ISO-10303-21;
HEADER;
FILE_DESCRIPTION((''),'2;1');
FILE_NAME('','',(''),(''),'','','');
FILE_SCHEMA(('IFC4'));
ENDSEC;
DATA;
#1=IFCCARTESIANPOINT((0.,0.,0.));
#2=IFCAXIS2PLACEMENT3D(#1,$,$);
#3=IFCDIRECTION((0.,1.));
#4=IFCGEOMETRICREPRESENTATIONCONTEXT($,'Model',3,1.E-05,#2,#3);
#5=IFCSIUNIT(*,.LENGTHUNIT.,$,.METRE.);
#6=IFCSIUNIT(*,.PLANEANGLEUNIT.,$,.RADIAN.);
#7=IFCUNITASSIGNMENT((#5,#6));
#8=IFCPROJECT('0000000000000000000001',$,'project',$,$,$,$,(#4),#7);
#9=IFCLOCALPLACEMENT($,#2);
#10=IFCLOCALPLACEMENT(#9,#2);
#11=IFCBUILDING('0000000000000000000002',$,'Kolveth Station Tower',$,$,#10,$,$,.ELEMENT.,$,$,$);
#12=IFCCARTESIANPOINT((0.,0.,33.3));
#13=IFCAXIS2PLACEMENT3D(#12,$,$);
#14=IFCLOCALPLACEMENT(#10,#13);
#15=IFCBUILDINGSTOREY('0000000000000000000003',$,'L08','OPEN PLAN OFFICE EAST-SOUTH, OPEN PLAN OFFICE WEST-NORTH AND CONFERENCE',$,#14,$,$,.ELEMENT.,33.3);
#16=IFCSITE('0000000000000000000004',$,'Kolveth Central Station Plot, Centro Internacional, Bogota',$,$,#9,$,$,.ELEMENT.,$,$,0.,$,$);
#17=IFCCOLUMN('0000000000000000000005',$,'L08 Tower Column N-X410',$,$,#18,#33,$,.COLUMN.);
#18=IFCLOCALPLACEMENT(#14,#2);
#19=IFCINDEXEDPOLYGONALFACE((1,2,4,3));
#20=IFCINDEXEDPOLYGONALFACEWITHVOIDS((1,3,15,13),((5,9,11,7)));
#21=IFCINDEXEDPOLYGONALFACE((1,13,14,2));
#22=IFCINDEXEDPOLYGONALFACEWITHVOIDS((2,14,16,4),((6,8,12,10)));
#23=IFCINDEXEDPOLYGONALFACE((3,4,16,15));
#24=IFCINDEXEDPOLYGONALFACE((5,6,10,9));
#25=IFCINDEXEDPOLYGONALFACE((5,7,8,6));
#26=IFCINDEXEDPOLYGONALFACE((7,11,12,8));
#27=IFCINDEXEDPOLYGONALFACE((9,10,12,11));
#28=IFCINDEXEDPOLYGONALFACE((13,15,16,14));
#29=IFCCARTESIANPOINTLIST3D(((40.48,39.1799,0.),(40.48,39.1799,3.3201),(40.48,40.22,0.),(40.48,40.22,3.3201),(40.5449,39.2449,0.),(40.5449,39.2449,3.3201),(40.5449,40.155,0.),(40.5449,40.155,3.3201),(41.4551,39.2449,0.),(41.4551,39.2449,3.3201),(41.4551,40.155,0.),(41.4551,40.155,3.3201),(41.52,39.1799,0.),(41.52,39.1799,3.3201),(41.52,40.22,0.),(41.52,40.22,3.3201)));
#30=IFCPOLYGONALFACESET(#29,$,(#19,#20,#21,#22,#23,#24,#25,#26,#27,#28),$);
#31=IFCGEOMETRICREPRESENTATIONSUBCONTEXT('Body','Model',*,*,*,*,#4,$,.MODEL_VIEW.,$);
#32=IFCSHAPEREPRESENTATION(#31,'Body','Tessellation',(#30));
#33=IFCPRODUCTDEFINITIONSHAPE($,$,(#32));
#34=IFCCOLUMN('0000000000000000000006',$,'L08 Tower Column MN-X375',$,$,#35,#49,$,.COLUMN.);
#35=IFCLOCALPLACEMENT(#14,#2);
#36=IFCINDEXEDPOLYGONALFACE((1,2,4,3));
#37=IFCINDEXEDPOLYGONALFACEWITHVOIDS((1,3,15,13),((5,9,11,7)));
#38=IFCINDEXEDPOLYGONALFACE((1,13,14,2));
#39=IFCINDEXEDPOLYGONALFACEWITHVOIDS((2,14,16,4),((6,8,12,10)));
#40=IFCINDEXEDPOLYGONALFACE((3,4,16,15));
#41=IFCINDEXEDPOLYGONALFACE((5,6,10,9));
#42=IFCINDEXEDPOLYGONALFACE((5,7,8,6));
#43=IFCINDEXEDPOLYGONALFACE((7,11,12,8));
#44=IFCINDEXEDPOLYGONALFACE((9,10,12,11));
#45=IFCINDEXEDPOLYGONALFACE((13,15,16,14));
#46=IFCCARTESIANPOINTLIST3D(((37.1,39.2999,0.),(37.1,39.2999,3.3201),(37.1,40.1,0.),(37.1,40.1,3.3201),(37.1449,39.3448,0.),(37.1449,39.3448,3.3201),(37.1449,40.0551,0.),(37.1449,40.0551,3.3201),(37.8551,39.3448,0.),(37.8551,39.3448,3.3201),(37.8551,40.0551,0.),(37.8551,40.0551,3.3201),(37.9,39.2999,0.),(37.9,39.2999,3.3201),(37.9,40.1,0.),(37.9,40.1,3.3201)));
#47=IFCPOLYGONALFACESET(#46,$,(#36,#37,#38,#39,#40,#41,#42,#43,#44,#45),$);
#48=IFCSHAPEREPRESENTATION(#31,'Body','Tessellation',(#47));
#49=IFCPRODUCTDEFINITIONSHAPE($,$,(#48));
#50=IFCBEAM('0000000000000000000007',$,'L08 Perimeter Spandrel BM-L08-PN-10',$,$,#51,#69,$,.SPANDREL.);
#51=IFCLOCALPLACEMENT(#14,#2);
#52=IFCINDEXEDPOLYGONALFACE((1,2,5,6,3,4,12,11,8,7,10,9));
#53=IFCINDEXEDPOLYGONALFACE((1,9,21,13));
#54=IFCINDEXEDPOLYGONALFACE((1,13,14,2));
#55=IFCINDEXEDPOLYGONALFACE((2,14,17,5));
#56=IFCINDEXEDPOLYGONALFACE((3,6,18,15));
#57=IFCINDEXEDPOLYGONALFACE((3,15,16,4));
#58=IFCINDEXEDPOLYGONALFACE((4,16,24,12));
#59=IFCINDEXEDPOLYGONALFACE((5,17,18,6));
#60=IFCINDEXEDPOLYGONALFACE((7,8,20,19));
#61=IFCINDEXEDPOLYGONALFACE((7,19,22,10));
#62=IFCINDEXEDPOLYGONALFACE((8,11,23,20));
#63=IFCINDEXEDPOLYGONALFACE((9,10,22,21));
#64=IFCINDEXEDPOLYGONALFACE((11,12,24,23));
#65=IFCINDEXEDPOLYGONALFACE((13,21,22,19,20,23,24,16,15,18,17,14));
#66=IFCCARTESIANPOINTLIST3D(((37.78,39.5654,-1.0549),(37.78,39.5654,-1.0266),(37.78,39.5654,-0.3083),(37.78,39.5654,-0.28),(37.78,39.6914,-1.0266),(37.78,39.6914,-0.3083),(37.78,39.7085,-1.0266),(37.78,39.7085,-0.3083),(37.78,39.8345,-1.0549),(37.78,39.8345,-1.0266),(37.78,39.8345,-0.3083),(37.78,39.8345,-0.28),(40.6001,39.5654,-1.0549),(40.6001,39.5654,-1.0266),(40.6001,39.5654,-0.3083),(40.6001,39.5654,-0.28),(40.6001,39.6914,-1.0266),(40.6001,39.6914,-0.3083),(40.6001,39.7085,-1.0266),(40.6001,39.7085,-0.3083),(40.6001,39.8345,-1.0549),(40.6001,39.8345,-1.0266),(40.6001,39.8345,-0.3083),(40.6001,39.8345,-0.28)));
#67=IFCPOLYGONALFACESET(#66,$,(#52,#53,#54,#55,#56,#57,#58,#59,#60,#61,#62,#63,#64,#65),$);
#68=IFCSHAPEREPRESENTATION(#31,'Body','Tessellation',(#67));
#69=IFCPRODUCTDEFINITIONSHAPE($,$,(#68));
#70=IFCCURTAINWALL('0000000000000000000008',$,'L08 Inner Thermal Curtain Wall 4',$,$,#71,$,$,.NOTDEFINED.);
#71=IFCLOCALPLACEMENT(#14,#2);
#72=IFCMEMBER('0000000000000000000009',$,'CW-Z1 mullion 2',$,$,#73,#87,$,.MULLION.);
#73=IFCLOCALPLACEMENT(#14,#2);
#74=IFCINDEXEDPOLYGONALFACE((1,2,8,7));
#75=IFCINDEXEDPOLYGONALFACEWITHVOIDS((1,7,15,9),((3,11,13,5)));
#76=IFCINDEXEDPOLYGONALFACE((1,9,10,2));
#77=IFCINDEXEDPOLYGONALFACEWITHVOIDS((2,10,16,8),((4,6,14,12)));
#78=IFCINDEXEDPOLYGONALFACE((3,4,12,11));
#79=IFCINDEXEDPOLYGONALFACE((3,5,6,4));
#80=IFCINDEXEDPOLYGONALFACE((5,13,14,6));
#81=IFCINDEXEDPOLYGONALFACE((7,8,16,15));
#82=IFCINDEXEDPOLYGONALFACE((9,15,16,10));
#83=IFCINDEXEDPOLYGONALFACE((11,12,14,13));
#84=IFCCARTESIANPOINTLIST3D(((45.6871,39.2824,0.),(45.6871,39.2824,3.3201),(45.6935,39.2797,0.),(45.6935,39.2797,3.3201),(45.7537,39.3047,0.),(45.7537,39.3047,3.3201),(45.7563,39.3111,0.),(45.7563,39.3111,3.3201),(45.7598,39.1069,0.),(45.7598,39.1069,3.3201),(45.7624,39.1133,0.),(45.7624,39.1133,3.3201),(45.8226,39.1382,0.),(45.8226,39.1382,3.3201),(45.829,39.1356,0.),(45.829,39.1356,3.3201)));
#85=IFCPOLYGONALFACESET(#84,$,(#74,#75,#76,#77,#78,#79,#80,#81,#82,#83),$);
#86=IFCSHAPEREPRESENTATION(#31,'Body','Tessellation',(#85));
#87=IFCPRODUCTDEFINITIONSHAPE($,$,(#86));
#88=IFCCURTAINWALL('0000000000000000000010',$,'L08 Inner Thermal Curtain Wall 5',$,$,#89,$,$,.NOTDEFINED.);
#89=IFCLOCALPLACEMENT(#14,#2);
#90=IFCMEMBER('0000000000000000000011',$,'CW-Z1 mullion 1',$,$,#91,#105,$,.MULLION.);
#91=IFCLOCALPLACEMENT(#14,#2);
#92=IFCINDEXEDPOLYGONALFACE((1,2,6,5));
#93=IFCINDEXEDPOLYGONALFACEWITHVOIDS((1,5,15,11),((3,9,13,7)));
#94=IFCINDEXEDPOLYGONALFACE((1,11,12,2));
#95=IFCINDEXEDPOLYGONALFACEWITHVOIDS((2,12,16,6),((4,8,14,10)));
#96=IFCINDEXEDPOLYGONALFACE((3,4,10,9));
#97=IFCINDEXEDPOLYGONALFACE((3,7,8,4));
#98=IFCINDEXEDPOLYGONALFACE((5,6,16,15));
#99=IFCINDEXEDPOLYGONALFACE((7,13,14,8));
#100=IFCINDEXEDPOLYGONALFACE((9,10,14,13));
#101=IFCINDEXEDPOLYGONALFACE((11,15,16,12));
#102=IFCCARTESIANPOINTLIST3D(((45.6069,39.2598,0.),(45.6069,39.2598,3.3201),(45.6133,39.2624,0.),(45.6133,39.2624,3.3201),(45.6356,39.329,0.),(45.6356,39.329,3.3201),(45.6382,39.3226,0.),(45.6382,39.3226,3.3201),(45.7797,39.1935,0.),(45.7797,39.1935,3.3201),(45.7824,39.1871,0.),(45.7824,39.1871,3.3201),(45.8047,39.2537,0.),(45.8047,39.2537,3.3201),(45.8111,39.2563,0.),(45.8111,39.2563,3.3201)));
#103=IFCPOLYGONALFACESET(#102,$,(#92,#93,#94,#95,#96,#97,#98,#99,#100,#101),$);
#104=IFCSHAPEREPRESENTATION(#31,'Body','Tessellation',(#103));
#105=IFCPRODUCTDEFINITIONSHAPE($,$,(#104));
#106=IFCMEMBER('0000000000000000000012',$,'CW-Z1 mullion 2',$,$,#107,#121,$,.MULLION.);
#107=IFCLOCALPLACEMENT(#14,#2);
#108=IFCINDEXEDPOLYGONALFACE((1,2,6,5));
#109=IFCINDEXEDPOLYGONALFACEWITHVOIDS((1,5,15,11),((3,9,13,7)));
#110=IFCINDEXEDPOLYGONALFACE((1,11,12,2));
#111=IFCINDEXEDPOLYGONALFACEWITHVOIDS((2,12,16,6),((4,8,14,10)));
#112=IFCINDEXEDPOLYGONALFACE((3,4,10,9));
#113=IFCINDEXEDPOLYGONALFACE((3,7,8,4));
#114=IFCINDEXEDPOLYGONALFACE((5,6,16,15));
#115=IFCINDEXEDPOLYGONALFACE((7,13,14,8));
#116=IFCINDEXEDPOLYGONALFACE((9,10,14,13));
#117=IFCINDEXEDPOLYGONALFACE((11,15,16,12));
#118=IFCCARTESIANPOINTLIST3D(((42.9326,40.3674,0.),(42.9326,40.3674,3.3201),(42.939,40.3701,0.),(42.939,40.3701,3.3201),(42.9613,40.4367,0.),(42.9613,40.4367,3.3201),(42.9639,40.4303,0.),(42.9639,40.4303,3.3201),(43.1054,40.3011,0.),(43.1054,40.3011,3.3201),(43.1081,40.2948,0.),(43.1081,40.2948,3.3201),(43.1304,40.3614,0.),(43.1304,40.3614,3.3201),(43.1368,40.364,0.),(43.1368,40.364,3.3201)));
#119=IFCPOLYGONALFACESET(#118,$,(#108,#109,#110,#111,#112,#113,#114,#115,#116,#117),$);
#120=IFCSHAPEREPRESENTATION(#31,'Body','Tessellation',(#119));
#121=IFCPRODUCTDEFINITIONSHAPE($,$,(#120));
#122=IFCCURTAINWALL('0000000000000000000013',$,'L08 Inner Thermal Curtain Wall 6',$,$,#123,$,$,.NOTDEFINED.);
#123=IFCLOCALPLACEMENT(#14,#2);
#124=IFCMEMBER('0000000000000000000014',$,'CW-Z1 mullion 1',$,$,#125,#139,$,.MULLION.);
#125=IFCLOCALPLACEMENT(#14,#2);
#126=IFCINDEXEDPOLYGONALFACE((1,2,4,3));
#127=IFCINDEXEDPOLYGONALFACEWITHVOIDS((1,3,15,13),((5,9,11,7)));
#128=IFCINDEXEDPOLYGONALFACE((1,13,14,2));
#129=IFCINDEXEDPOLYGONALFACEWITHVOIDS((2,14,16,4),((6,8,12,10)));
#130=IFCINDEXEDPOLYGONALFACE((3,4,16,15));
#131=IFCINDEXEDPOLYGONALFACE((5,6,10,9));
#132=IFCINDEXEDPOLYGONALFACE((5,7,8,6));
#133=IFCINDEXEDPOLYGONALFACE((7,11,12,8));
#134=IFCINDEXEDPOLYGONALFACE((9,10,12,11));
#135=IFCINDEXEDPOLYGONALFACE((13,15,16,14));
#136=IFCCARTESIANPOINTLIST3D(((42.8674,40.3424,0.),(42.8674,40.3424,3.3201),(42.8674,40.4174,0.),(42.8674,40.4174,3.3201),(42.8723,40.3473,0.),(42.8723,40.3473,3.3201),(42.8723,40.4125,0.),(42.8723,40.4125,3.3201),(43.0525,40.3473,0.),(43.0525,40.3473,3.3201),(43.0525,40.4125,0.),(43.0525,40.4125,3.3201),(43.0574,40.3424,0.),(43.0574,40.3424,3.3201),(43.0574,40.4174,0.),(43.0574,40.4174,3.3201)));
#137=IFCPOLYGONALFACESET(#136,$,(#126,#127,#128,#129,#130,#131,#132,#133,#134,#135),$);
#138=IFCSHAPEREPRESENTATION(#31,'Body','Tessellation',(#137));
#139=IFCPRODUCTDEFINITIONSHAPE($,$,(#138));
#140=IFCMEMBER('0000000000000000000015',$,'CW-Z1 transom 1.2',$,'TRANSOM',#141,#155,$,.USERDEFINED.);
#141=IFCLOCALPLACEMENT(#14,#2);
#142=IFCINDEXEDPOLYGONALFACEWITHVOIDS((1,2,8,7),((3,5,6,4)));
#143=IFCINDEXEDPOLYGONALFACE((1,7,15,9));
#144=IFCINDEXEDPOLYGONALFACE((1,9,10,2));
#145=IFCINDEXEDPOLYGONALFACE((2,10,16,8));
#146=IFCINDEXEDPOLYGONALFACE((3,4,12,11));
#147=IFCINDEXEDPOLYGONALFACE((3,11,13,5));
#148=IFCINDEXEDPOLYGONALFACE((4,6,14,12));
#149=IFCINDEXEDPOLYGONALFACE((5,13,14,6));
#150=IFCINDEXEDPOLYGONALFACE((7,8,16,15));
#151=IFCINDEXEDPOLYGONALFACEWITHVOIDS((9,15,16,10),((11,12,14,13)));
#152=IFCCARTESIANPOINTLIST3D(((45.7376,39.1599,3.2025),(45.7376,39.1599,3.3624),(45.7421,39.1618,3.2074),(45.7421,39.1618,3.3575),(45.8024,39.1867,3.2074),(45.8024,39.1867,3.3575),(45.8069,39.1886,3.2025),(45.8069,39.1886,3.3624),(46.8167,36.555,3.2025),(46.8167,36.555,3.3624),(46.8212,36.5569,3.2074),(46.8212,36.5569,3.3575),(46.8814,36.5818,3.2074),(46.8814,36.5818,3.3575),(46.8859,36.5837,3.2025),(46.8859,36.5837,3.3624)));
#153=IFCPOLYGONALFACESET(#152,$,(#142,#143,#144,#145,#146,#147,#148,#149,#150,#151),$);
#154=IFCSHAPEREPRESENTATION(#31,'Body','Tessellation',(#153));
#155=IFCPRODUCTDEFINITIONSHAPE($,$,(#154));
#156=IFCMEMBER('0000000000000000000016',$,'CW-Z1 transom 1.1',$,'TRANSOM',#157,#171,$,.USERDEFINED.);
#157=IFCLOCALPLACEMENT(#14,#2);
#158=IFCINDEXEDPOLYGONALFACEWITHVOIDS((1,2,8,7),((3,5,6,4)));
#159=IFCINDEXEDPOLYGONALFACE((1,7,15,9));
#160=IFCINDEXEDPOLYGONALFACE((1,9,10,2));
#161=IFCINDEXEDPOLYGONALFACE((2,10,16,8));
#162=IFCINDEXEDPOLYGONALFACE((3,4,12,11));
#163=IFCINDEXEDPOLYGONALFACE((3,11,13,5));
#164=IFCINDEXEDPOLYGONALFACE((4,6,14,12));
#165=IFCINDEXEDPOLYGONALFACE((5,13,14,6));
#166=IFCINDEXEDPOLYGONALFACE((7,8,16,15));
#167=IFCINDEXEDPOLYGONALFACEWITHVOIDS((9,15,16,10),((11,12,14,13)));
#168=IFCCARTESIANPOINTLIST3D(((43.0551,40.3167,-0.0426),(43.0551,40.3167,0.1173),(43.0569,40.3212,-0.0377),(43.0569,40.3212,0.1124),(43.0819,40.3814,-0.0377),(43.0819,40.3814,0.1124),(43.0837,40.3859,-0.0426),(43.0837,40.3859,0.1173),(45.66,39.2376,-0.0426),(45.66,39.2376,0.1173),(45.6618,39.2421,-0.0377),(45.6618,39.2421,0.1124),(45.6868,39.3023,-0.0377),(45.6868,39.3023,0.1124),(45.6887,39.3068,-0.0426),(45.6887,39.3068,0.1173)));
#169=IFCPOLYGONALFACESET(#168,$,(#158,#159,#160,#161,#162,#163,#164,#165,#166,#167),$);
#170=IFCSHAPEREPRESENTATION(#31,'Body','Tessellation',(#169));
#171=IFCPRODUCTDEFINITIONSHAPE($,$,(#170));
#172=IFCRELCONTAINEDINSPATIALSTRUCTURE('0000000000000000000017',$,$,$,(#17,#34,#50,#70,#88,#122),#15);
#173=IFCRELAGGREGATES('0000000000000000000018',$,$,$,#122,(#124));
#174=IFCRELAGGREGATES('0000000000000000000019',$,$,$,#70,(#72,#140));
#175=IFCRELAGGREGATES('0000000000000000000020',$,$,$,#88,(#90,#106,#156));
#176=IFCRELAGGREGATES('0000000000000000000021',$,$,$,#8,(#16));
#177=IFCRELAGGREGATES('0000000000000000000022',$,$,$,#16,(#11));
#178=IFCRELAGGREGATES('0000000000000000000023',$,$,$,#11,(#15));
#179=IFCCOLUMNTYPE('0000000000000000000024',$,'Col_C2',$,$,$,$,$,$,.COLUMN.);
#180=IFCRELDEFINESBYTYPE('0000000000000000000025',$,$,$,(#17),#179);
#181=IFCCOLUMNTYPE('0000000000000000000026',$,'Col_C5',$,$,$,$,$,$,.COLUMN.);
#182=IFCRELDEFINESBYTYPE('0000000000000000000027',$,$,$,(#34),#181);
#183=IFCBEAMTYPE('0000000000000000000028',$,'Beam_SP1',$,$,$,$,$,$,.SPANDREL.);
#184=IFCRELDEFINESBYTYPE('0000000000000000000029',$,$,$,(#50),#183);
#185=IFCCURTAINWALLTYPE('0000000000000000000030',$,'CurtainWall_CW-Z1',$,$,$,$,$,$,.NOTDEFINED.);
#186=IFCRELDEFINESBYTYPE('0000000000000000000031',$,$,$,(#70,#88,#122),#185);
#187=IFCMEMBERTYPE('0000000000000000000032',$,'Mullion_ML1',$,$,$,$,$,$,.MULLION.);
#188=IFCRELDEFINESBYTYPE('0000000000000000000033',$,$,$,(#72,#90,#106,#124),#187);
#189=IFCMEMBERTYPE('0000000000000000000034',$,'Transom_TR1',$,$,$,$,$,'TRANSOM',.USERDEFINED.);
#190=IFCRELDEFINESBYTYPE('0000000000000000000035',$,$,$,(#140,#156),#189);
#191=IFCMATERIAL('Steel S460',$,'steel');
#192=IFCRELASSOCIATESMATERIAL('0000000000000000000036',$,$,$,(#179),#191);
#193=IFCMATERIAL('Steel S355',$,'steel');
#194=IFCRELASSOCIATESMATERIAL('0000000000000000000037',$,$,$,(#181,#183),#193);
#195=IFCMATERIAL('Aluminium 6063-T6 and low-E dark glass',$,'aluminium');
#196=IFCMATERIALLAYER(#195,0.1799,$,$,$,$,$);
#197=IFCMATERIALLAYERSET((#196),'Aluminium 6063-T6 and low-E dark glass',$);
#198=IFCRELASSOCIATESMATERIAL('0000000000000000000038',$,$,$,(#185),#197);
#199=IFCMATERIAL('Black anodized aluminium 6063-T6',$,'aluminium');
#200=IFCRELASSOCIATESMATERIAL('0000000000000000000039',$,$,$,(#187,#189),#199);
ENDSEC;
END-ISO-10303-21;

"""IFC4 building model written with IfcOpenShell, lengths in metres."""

from ifc_helpers import new_model, si_unit, direction, frame, origin, origin_2d, place, context, subcontext, project, spatial, hollow_rectangle, i_section, extrude, source, transform, mapped, material, layer, layer_set, material_profile, profile_set, type_object, element, aggregate, save


model = new_model("IFC4")

# Units and contexts
model_context = context("Model", 3, precision=1e-05, world=origin(), true_north=direction((0.0, 1.0)))
body_context = subcontext(model_context, "Body", "Model", "MODEL_VIEW")
ifc_project = project(units=[si_unit("LENGTHUNIT", "METRE"), si_unit("PLANEANGLEUNIT", "RADIAN")], contexts=[model_context])

# Site, building, storey
site_placement = place(None, origin())
site = spatial("IfcSite", under=ifc_project, at=site_placement, Name="Kolveth Central Station Plot, Centro Internacional, Bogota", CompositionType="ELEMENT", RefElevation=0.0)
building_placement = place(site_placement, origin())
building = spatial("IfcBuilding", under=site, at=building_placement, Name="Kolveth Station Tower", CompositionType="ELEMENT")
storey_placement = place(building_placement, frame((0.0, 0.0, 33.3)))
storey = spatial("IfcBuildingStorey", under=building, at=storey_placement, Name="L08", Description="OPEN PLAN OFFICE EAST-SOUTH, OPEN PLAN OFFICE WEST-NORTH AND CONFERENCE", CompositionType="ELEMENT", Elevation=33.3)

# Columns
ifc_material_1 = material(Name="Steel S460", Category="steel")
ifc_material_profile_1 = material_profile(ifc_material_1, hollow_rectangle(XDim=1.04, YDim=1.04, WallThickness=0.0649, at=origin_2d()), Name="BOX1040x1040x65")
ifc_profile_set_1 = profile_set([ifc_material_profile_1], Name="Steel S460")
column_type_1 = type_object("IfcColumnType", Name="Col_C2", PredefinedType="COLUMN", material=ifc_profile_set_1)
shared_shape_1 = source(origin(), body_context, "Body", "SweptSolid", [
    extrude(hollow_rectangle(XDim=1.04, YDim=1.04, WallThickness=0.0649, at=origin_2d()), origin(), (0.0, 0.0, 1.0), 3.3201),
])
column_1_placement = place(storey_placement, frame((41.0, 39.7, 0.0), z_axis=(0.0, 0.0, 1.0), x_axis=(1.0, 0.0, 0.0)))
element("IfcColumn", 1, at=column_1_placement, inside=storey, type_object=column_type_1, Name="L08 Tower Column N-X410", PredefinedType="COLUMN", context=body_context, shape_type="MappedRepresentation", body=[
    mapped(shared_shape_1, transform((0.0, 0.0, 0.0), x_axis=(1.0, 0.0, 0.0), y_axis=(0.0, 1.0, 0.0), z_axis=(0.0, 0.0, 1.0), scale=1.0)),
])
ifc_material_2 = material(Name="Steel S355", Category="steel")
ifc_material_profile_2 = material_profile(ifc_material_2, hollow_rectangle(XDim=0.8, YDim=0.8, WallThickness=0.0449, at=origin_2d()), Name="BOX800x800x45")
ifc_profile_set_2 = profile_set([ifc_material_profile_2], Name="Steel S355")
column_type_2 = type_object("IfcColumnType", Name="Col_C5", PredefinedType="COLUMN", material=ifc_profile_set_2)
shared_shape_2 = source(origin(), body_context, "Body", "SweptSolid", [
    extrude(hollow_rectangle(XDim=0.8, YDim=0.8, WallThickness=0.0449, at=origin_2d()), origin(), (0.0, 0.0, 1.0), 3.3201),
])
column_2_placement = place(storey_placement, frame((37.5, 39.7, 0.0), z_axis=(0.0, 0.0, 1.0), x_axis=(1.0, 0.0, 0.0)))
element("IfcColumn", 2, at=column_2_placement, inside=storey, type_object=column_type_2, Name="L08 Tower Column MN-X375", PredefinedType="COLUMN", context=body_context, shape_type="MappedRepresentation", body=[
    mapped(shared_shape_2, transform((0.0, 0.0, 0.0), x_axis=(1.0, 0.0, 0.0), y_axis=(0.0, 1.0, 0.0), z_axis=(0.0, 0.0, 1.0), scale=1.0)),
])

# Beam
ifc_material_profile_3 = material_profile(ifc_material_2, i_section(OverallWidth=0.269, OverallDepth=0.7749, WebThickness=0.0171, FlangeThickness=0.0283, at=origin_2d()), Name="W760x220")
ifc_profile_set_3 = profile_set([ifc_material_profile_3], Name="Steel S355")
beam_type = type_object("IfcBeamType", Name="Beam_SP1", PredefinedType="SPANDREL", material=ifc_profile_set_3)
shared_shape_3 = source(origin(), body_context, "Body", "SweptSolid", [
    extrude(i_section(OverallWidth=0.269, OverallDepth=0.7749, WebThickness=0.0171, FlangeThickness=0.0283, at=origin_2d()), origin(), (0.0, 0.0, 1.0), 2.8201),
])
beam_placement = place(storey_placement, frame((37.78, 39.7, -0.6675), z_axis=(1.0, 0.0, 0.0), x_axis=(0.0, 1.0, 0.0)))
element("IfcBeam", 3, at=beam_placement, inside=storey, type_object=beam_type, Name="L08 Perimeter Spandrel BM-L08-PN-10", PredefinedType="SPANDREL", context=body_context, shape_type="MappedRepresentation", body=[
    mapped(shared_shape_3, transform((0.0, 0.0, 0.0), x_axis=(1.0, 0.0, 0.0), y_axis=(0.0, 1.0, 0.0), z_axis=(0.0, 0.0, 1.0), scale=1.0)),
])

# Curtain wall, member
ifc_material_3 = material(Name="Aluminium 6063-T6 and low-E dark glass", Category="aluminium")
ifc_layer_1 = layer(ifc_material_3, 0.1799)
ifc_layer_set_1 = layer_set([ifc_layer_1], Name="Aluminium 6063-T6 and low-E dark glass")
curtain_wall_type_1 = type_object("IfcCurtainWallType", Name="CurtainWall_CW-Z1", PredefinedType="NOTDEFINED", material=ifc_layer_set_1)
curtain_wall_1_placement = place(storey_placement, origin())
curtain_wall_1 = element("IfcCurtainWall", 4, at=curtain_wall_1_placement, inside=storey, type_object=curtain_wall_type_1, Name="L08 Inner Thermal Curtain Wall 4", PredefinedType="NOTDEFINED")
ifc_material_4 = material(Name="Black anodized aluminium 6063-T6", Category="aluminium")
ifc_material_profile_4 = material_profile(ifc_material_4, hollow_rectangle(XDim=0.075, YDim=0.1899, WallThickness=0.0049, at=origin_2d()), Name="ALU-75x190x5")
ifc_profile_set_4 = profile_set([ifc_material_profile_4], Name="Black anodized aluminium 6063-T6")
member_type_1 = type_object("IfcMemberType", Name="Mullion_ML1", PredefinedType="MULLION", material=ifc_profile_set_4)
shared_shape_4 = source(origin(), body_context, "Body", "SweptSolid", [
    extrude(hollow_rectangle(XDim=0.075, YDim=0.1899, WallThickness=0.0049, at=origin_2d()), origin(), (0.0, 0.0, 1.0), 3.3201),
])
member_1_placement = place(storey_placement, frame((45.7581, 39.209, 0.0), z_axis=(0.0, 0.0, 1.0), x_axis=(-0.923884, -0.382673, 0.0)))
member_1 = element("IfcMember", 5, at=member_1_placement, type_object=member_type_1, Name="CW-Z1 mullion 2", PredefinedType="MULLION", context=body_context, shape_type="MappedRepresentation", body=[
    mapped(shared_shape_4, transform((0.0, 0.0, 0.0), x_axis=(1.0, 0.0, 0.0), y_axis=(0.0, 1.0, 0.0), z_axis=(0.0, 0.0, 1.0), scale=1.0)),
])

# Curtain wall, members
curtain_wall_2_placement = place(storey_placement, origin())
curtain_wall_2 = element("IfcCurtainWall", 6, at=curtain_wall_2_placement, inside=storey, type_object=curtain_wall_type_1, Name="L08 Inner Thermal Curtain Wall 5", PredefinedType="NOTDEFINED")
member_2_placement = place(storey_placement, frame((45.709, 39.2581, 0.0), z_axis=(0.0, 0.0, 1.0), x_axis=(-0.382673, -0.923884, 0.0)))
member_2 = element("IfcMember", 7, at=member_2_placement, type_object=member_type_1, Name="CW-Z1 mullion 1", PredefinedType="MULLION", context=body_context, shape_type="MappedRepresentation", body=[
    mapped(shared_shape_4, transform((0.0, 0.0, 0.0), x_axis=(1.0, 0.0, 0.0), y_axis=(0.0, 1.0, 0.0), z_axis=(0.0, 0.0, 1.0), scale=1.0)),
])
member_3_placement = place(storey_placement, frame((43.0347, 40.3657, 0.0), z_axis=(0.0, 0.0, 1.0), x_axis=(-0.382673, -0.923884, 0.0)))
member_3 = element("IfcMember", 8, at=member_3_placement, type_object=member_type_1, Name="CW-Z1 mullion 2", PredefinedType="MULLION", context=body_context, shape_type="MappedRepresentation", body=[
    mapped(shared_shape_4, transform((0.0, 0.0, 0.0), x_axis=(1.0, 0.0, 0.0), y_axis=(0.0, 1.0, 0.0), z_axis=(0.0, 0.0, 1.0), scale=1.0)),
])

# Curtain wall, member
curtain_wall_3_placement = place(storey_placement, origin())
curtain_wall_3 = element("IfcCurtainWall", 9, at=curtain_wall_3_placement, inside=storey, type_object=curtain_wall_type_1, Name="L08 Inner Thermal Curtain Wall 6", PredefinedType="NOTDEFINED")
member_4_placement = place(storey_placement, frame((42.9624, 40.3799, 0.0), z_axis=(0.0, 0.0, 1.0), x_axis=(0.0, -1.0, 0.0)))
member_4 = element("IfcMember", 10, at=member_4_placement, type_object=member_type_1, Name="CW-Z1 mullion 1", PredefinedType="MULLION", context=body_context, shape_type="MappedRepresentation", body=[
    mapped(shared_shape_4, transform((0.0, 0.0, 0.0), x_axis=(1.0, 0.0, 0.0), y_axis=(0.0, 1.0, 0.0), z_axis=(0.0, 0.0, 1.0), scale=1.0)),
])

# Members
ifc_material_profile_5 = material_profile(ifc_material_4, hollow_rectangle(XDim=0.075, YDim=0.1599, WallThickness=0.0049, at=origin_2d()), Name="ALU-75x160x5")
ifc_profile_set_5 = profile_set([ifc_material_profile_5], Name="Black anodized aluminium 6063-T6")
member_type_2 = type_object("IfcMemberType", Name="Transom_TR1", ElementType="TRANSOM", PredefinedType="USERDEFINED", material=ifc_profile_set_5)
shared_shape_5 = source(origin(), body_context, "Body", "SweptSolid", [
    extrude(hollow_rectangle(XDim=0.075, YDim=0.1599, WallThickness=0.0049, at=origin_2d()), origin(), (0.0, 0.0, 1.0), 2.8196),
])
member_5_placement = place(storey_placement, frame((46.8513, 36.5693, 3.2825), z_axis=(-0.382709, 0.923869, 0.0), x_axis=(-0.923869, -0.382709, 0.0)))
member_5 = element("IfcMember", 11, at=member_5_placement, type_object=member_type_2, Name="CW-Z1 transom 1.2", ObjectType="TRANSOM", PredefinedType="USERDEFINED", context=body_context, shape_type="MappedRepresentation", body=[
    mapped(shared_shape_5, transform((0.0, 0.0, 0.0), x_axis=(1.0, 0.0, 0.0), y_axis=(0.0, 1.0, 0.0), z_axis=(0.0, 0.0, 1.0), scale=1.0)),
])
member_6_placement = place(storey_placement, frame((45.6743, 39.2722, 0.0374), z_axis=(-0.923869, 0.382709, 0.0), x_axis=(-0.382709, -0.923869, 0.0)))
member_6 = element("IfcMember", 12, at=member_6_placement, type_object=member_type_2, Name="CW-Z1 transom 1.1", ObjectType="TRANSOM", PredefinedType="USERDEFINED", context=body_context, shape_type="MappedRepresentation", body=[
    mapped(shared_shape_5, transform((0.0, 0.0, 0.0), x_axis=(1.0, 0.0, 0.0), y_axis=(0.0, 1.0, 0.0), z_axis=(0.0, 0.0, 1.0), scale=1.0)),
])
aggregate(curtain_wall_3, [member_4])

aggregate(curtain_wall_1, [member_1, member_5])
aggregate(curtain_wall_2, [member_2, member_3, member_6])

save(model, "model.ifc")
